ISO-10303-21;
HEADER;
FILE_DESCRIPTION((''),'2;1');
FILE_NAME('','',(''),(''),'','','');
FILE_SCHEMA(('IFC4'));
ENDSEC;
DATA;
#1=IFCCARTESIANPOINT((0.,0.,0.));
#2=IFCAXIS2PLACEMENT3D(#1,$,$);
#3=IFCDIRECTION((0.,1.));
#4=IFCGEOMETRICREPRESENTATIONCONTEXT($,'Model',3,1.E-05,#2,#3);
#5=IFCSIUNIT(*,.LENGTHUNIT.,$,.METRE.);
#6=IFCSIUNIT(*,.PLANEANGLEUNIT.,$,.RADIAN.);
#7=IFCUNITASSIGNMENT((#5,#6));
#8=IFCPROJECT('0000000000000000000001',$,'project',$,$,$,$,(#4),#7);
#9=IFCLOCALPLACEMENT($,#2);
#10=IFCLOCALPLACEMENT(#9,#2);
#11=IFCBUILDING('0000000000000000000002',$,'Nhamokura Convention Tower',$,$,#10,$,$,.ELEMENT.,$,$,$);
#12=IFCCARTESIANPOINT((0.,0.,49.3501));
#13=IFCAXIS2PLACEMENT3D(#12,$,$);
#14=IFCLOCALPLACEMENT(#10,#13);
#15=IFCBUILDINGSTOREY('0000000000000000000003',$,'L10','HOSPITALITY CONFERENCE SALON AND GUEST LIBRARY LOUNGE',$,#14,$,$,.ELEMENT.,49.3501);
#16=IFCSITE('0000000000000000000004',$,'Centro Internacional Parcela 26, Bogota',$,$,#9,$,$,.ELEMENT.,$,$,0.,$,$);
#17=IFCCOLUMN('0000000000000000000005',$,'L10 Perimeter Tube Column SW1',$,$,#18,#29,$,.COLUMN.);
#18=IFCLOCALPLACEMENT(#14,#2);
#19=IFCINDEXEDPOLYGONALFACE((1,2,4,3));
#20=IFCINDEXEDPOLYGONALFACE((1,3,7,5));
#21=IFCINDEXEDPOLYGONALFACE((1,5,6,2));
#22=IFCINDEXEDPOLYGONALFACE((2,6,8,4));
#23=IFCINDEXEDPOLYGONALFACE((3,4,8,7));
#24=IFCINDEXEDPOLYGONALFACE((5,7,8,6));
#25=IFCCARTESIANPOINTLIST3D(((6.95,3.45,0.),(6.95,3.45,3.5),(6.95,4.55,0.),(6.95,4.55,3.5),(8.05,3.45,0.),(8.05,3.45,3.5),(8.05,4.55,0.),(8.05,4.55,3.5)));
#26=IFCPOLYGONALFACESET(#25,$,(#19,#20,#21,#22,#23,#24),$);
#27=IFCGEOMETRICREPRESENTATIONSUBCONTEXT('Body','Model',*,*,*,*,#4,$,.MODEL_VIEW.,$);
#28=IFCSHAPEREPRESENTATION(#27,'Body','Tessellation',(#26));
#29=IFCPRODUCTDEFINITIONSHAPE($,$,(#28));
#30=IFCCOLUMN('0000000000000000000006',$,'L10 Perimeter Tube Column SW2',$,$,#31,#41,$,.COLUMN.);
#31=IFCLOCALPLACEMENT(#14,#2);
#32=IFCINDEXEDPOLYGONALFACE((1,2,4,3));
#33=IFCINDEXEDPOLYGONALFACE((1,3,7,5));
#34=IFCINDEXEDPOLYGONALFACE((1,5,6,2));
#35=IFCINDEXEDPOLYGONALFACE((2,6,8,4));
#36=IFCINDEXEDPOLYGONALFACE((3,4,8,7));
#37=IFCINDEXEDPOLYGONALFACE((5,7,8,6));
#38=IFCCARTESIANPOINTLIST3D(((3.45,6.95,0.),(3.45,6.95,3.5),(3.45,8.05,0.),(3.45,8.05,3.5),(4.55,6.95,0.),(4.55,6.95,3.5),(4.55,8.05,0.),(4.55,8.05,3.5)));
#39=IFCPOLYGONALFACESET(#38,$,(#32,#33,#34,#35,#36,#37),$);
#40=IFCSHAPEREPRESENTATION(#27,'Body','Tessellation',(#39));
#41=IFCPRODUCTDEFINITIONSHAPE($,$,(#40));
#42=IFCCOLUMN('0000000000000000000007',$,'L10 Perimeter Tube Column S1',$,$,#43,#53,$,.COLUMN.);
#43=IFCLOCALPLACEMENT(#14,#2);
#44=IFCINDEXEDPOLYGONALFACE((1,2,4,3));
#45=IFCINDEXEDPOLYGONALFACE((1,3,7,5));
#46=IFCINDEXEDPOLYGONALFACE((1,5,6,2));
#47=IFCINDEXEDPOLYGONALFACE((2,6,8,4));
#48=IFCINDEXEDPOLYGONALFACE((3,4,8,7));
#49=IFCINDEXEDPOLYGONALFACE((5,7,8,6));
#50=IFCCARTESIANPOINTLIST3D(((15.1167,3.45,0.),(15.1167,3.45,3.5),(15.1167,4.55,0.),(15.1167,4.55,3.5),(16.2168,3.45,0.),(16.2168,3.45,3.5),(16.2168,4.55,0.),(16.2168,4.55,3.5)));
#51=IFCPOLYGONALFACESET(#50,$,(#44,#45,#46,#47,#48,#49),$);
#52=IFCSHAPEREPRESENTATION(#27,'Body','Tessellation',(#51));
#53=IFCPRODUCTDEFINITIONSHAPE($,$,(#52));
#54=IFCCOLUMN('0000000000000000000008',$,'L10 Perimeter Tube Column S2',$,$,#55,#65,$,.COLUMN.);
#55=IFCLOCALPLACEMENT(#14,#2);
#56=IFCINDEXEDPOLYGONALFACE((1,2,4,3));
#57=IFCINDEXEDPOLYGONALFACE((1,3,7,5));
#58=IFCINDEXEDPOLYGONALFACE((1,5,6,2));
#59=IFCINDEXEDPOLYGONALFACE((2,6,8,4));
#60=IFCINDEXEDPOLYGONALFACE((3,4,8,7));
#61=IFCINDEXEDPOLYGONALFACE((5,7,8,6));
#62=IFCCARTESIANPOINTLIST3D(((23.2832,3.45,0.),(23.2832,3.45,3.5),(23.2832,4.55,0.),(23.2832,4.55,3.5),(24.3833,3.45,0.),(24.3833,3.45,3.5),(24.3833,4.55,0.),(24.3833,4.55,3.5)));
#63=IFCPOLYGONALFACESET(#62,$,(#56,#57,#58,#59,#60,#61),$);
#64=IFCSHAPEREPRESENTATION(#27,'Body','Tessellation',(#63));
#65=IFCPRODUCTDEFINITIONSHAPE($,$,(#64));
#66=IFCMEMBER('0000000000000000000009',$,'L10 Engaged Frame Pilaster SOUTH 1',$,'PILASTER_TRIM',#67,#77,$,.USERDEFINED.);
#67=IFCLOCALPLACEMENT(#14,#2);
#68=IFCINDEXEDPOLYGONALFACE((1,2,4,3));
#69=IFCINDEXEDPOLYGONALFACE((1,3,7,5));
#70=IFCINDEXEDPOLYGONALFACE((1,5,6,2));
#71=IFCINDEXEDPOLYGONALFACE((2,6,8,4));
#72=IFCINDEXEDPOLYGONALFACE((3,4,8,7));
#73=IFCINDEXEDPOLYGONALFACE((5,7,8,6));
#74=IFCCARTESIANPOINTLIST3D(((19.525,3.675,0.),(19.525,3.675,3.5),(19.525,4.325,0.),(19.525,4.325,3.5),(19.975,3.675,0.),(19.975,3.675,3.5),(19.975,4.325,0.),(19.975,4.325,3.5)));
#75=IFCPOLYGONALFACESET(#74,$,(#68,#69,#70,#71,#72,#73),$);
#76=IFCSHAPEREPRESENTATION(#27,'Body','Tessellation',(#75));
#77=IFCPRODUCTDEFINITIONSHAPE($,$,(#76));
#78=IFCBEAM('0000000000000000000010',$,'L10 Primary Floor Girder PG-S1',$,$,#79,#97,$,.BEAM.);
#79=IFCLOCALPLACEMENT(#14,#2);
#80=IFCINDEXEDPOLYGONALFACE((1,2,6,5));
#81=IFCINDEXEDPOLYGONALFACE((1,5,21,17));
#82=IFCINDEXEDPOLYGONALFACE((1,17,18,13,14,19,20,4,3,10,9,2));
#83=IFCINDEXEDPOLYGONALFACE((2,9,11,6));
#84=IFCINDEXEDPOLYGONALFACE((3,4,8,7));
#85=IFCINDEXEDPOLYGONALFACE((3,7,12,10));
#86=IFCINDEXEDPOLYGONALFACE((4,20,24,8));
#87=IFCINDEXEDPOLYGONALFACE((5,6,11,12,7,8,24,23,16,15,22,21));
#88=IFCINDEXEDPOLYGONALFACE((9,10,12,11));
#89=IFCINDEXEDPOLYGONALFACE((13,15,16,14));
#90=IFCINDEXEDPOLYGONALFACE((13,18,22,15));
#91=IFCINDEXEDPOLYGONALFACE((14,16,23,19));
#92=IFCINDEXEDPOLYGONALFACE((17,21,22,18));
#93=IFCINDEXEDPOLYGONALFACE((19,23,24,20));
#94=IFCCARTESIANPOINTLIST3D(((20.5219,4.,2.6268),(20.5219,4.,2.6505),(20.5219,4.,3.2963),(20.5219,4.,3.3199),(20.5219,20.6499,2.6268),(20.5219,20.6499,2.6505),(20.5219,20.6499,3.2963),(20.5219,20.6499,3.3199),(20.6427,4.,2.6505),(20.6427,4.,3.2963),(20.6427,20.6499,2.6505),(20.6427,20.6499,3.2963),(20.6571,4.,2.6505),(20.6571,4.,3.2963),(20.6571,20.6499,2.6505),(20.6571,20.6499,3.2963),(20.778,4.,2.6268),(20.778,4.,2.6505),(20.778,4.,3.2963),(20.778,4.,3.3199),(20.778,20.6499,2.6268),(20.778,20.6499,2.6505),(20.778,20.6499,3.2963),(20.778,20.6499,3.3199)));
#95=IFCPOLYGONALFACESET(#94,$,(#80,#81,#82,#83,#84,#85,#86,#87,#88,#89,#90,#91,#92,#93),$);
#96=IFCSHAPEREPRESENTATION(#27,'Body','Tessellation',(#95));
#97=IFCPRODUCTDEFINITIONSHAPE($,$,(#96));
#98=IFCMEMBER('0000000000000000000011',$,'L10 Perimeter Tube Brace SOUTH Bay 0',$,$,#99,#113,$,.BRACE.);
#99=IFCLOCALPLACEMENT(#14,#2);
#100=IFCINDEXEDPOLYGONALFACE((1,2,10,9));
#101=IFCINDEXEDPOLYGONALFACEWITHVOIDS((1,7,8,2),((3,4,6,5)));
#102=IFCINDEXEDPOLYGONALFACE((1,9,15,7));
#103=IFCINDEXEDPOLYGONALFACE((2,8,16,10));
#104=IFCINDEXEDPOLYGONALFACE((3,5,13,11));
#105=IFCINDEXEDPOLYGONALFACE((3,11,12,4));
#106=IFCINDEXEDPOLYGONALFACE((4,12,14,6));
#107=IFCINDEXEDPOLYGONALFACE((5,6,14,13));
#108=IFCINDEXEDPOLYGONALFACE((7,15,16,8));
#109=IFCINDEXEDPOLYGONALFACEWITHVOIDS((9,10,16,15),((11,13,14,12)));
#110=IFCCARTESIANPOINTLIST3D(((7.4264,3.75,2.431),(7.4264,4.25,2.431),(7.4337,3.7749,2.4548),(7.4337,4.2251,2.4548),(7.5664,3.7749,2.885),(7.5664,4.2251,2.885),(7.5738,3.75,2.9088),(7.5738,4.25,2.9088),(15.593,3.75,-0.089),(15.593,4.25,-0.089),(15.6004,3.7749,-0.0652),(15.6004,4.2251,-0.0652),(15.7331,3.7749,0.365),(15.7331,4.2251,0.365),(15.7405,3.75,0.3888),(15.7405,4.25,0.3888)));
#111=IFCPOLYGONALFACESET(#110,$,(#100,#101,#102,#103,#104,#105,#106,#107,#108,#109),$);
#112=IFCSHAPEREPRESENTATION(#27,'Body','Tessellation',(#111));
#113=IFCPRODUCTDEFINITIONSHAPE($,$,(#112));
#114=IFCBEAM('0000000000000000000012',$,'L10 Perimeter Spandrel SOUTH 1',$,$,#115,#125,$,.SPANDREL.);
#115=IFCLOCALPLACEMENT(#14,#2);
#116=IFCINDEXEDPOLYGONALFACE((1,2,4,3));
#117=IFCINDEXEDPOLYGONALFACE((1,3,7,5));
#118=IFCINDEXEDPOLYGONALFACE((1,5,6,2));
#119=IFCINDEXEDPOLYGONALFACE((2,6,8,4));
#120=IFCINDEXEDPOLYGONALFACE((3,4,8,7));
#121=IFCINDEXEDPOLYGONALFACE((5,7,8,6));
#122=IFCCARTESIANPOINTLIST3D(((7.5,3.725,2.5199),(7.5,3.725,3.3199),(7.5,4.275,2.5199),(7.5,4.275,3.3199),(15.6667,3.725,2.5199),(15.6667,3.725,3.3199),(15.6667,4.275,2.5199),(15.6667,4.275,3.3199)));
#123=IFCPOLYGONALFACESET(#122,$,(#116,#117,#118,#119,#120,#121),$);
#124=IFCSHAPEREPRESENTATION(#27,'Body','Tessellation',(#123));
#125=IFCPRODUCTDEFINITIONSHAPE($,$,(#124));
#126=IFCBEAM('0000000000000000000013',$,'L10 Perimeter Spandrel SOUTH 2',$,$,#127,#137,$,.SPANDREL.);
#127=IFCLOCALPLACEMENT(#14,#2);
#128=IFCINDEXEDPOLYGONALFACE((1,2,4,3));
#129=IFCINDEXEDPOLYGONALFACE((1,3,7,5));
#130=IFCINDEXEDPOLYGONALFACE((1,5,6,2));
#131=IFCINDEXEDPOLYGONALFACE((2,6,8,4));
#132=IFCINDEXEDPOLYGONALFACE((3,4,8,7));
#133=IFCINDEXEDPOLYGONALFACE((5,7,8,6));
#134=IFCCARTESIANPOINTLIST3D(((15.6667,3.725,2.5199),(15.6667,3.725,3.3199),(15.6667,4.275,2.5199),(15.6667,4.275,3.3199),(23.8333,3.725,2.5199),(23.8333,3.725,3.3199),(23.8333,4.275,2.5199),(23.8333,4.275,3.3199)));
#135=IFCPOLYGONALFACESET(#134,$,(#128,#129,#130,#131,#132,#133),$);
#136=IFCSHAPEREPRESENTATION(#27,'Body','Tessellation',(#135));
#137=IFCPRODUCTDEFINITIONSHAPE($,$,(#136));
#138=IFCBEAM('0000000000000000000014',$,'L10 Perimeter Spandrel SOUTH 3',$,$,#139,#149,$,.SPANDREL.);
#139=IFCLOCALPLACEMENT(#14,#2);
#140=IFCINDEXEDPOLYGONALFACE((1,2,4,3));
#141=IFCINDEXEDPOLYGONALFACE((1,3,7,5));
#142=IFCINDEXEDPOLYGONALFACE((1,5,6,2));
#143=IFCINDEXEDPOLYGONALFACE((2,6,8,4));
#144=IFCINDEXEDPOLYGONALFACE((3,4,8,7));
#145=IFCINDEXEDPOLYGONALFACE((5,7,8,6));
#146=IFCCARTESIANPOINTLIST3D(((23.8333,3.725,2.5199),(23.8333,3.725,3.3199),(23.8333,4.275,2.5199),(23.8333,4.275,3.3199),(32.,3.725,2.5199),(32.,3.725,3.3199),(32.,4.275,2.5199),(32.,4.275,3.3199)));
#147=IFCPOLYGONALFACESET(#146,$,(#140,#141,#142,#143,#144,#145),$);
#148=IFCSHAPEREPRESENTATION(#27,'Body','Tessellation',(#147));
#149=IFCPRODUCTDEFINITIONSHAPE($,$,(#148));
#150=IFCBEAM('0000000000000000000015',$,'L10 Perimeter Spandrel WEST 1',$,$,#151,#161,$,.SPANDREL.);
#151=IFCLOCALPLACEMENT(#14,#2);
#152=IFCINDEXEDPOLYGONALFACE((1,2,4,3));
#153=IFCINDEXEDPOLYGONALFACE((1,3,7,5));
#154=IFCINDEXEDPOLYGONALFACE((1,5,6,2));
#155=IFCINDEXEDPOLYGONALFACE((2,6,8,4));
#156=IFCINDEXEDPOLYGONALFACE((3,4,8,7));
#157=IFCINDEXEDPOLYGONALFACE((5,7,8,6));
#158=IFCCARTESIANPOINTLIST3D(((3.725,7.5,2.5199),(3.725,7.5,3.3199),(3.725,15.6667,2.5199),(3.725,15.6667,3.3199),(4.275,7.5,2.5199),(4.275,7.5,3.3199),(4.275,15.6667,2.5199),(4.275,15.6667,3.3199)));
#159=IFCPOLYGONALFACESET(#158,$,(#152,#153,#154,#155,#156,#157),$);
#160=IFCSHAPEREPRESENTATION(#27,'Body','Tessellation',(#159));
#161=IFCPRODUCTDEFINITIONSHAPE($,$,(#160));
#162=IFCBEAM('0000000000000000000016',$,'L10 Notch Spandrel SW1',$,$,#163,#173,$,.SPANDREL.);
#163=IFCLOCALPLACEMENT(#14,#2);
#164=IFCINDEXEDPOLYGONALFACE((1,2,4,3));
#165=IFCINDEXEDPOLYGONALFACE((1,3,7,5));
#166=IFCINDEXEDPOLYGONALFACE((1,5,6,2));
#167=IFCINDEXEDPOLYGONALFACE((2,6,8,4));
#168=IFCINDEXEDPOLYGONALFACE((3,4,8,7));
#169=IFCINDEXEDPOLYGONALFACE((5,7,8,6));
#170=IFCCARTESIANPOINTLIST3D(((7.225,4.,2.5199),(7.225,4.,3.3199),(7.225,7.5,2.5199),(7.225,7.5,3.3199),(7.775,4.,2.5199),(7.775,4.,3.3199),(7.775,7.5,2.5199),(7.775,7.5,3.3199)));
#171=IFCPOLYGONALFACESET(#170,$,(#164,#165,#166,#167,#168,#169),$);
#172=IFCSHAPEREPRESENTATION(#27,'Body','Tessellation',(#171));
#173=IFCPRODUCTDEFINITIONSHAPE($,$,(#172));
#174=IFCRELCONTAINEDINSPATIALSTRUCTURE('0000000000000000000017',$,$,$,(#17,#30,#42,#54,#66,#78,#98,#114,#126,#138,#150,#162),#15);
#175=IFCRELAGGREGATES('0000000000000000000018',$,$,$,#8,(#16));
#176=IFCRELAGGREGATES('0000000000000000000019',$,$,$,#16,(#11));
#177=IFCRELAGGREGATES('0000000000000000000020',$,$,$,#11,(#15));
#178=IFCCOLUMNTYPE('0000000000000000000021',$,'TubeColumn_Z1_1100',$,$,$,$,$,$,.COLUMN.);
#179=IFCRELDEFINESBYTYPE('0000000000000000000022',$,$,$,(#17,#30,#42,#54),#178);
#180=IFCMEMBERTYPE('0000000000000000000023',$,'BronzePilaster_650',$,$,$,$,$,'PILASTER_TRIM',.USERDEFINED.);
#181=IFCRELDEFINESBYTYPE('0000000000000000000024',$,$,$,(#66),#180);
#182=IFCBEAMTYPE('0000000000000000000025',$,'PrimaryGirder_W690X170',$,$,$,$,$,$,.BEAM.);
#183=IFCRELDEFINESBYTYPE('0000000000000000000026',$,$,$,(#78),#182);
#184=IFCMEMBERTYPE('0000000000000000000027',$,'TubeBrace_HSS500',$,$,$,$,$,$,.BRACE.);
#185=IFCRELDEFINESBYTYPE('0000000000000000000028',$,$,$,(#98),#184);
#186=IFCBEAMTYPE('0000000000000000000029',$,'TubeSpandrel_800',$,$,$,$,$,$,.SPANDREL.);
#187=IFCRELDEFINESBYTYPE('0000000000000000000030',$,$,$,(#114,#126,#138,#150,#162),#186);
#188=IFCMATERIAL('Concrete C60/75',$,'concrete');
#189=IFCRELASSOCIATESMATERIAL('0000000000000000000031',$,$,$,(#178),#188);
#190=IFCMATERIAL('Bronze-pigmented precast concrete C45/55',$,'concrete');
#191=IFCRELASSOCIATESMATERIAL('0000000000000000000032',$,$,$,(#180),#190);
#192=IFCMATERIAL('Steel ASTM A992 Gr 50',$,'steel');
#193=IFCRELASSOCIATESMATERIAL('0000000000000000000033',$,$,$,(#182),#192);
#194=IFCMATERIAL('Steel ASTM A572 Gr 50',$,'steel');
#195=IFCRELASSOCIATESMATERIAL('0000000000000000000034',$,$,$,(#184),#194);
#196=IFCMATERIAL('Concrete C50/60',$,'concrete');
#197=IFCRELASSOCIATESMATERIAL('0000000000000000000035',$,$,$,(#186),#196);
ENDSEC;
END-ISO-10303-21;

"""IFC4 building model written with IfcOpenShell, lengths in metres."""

from ifc_helpers import new_model, si_unit, direction, frame, origin, origin_2d, place, context, subcontext, project, spatial, rectangle, hollow_rectangle, i_section, extrude, material, material_profile, profile_set, type_object, element, save


model = new_model("IFC4")

# Units and contexts
model_context = context("Model", 3, precision=1e-05, world=origin(), true_north=direction((0.0, 1.0)))
body_context = subcontext(model_context, "Body", "Model", "MODEL_VIEW")
ifc_project = project(units=[si_unit("LENGTHUNIT", "METRE"), si_unit("PLANEANGLEUNIT", "RADIAN")], contexts=[model_context])

# Site, building, storey
site_placement = place(None, origin())
site = spatial("IfcSite", under=ifc_project, at=site_placement, Name="Centro Internacional Parcela 26, Bogota", CompositionType="ELEMENT", RefElevation=0.0)
building_placement = place(site_placement, origin())
building = spatial("IfcBuilding", under=site, at=building_placement, Name="Nhamokura Convention Tower", CompositionType="ELEMENT")
storey_placement = place(building_placement, frame((0.0, 0.0, 49.3501)))
storey = spatial("IfcBuildingStorey", under=building, at=storey_placement, Name="L10", Description="HOSPITALITY CONFERENCE SALON AND GUEST LIBRARY LOUNGE", CompositionType="ELEMENT", Elevation=49.3501)

# Columns
ifc_material_1 = material(Name="Concrete C60/75", Category="concrete")
ifc_material_profile_1 = material_profile(ifc_material_1, rectangle(XDim=1.1001, YDim=1.1001, at=origin_2d()))
ifc_profile_set_1 = profile_set([ifc_material_profile_1], Name="Concrete C60/75")
column_type = type_object("IfcColumnType", Name="TubeColumn_Z1_1100", PredefinedType="COLUMN", material=ifc_profile_set_1)
for number, where, z_axis, x_axis, name in (
    (1, (7.5, 4.0, 0.0), (0.0, 0.0, 1.0), (1.0, 0.0, 0.0), "L10 Perimeter Tube Column SW1"),
    (2, (4.0, 7.5, 0.0), (0.0, 0.0, 1.0), (1.0, 0.0, 0.0), "L10 Perimeter Tube Column SW2"),
    (3, (15.6667, 4.0, 0.0), (0.0, 0.0, 1.0), (1.0, 0.0, 0.0), "L10 Perimeter Tube Column S1"),
    (4, (23.8333, 4.0, 0.0), (0.0, 0.0, 1.0), (1.0, 0.0, 0.0), "L10 Perimeter Tube Column S2"),
):
    element("IfcColumn", number, at=place(storey_placement, frame(where, z_axis=z_axis, x_axis=x_axis)), inside=storey, type_object=column_type, Name=name, PredefinedType="COLUMN", context=body_context, shape_type="SweptSolid", body=[
        extrude(rectangle(XDim=1.1001, YDim=1.1001, at=origin_2d()), origin(), (0.0, 0.0, 1.0), 3.5),
    ])

# Member
ifc_material_2 = material(Name="Bronze-pigmented precast concrete C45/55", Category="concrete")
ifc_material_profile_2 = material_profile(ifc_material_2, rectangle(XDim=0.45, YDim=0.6499, at=origin_2d()))
ifc_profile_set_2 = profile_set([ifc_material_profile_2], Name="Bronze-pigmented precast concrete C45/55")
member_type_1 = type_object("IfcMemberType", Name="BronzePilaster_650", ElementType="PILASTER_TRIM", PredefinedType="USERDEFINED", material=ifc_profile_set_2)
member_1_placement = place(storey_placement, frame((19.75, 4.0, 0.0), z_axis=(0.0, 0.0, 1.0), x_axis=(1.0, 0.0, 0.0)))
element("IfcMember", 5, at=member_1_placement, inside=storey, type_object=member_type_1, Name="L10 Engaged Frame Pilaster SOUTH 1", ObjectType="PILASTER_TRIM", PredefinedType="USERDEFINED", context=body_context, shape_type="SweptSolid", body=[
    extrude(rectangle(XDim=0.45, YDim=0.6499, at=origin_2d()), origin(), (0.0, 0.0, 1.0), 3.5),
])

# Beam
ifc_material_3 = material(Name="Steel ASTM A992 Gr 50", Category="steel")
ifc_material_profile_3 = material_profile(ifc_material_3, i_section(OverallWidth=0.2561, OverallDepth=0.6931, WebThickness=0.0144, FlangeThickness=0.0237, at=origin_2d()))
ifc_profile_set_3 = profile_set([ifc_material_profile_3], Name="Steel ASTM A992 Gr 50")
beam_type_1 = type_object("IfcBeamType", Name="PrimaryGirder_W690X170", PredefinedType="BEAM", material=ifc_profile_set_3)
beam_1_placement = place(storey_placement, frame((20.6499, 4.0, 2.9734), z_axis=(0.0, 1.0, 0.0), x_axis=(-1.0, 0.0, 0.0)))
element("IfcBeam", 6, at=beam_1_placement, inside=storey, type_object=beam_type_1, Name="L10 Primary Floor Girder PG-S1", PredefinedType="BEAM", context=body_context, shape_type="SweptSolid", body=[
    extrude(i_section(OverallWidth=0.2561, OverallDepth=0.6931, WebThickness=0.0144, FlangeThickness=0.0237, at=origin_2d()), origin(), (0.0, 0.0, 1.0), 16.6499),
])

# Member
ifc_material_4 = material(Name="Steel ASTM A572 Gr 50", Category="steel")
ifc_material_profile_4 = material_profile(ifc_material_4, hollow_rectangle(XDim=0.5, YDim=0.5, WallThickness=0.0249, at=origin_2d()))
ifc_profile_set_4 = profile_set([ifc_material_profile_4], Name="Steel ASTM A572 Gr 50")
member_type_2 = type_object("IfcMemberType", Name="TubeBrace_HSS500", PredefinedType="BRACE", material=ifc_profile_set_4)
member_2_placement = place(storey_placement, frame((15.6667, 4.0, 0.1499), z_axis=(-0.955543, 0.0, 0.294853), x_axis=(0.0, -1.0, 0.0)))
element("IfcMember", 7, at=member_2_placement, inside=storey, type_object=member_type_2, Name="L10 Perimeter Tube Brace SOUTH Bay 0", PredefinedType="BRACE", context=body_context, shape_type="SweptSolid", body=[
    extrude(hollow_rectangle(XDim=0.5, YDim=0.5, WallThickness=0.0249, at=origin_2d()), origin(), (0.0, 0.0, 1.0), 8.5466),
])

# Beams
ifc_material_5 = material(Name="Concrete C50/60", Category="concrete")
ifc_material_profile_5 = material_profile(ifc_material_5, rectangle(XDim=0.55, YDim=0.8, at=origin_2d()))
ifc_profile_set_5 = profile_set([ifc_material_profile_5], Name="Concrete C50/60")
beam_type_2 = type_object("IfcBeamType", Name="TubeSpandrel_800", PredefinedType="SPANDREL", material=ifc_profile_set_5)
beam_2_placement = place(storey_placement, frame((7.5, 4.0, 2.9199), z_axis=(1.0, 0.0, 0.0), x_axis=(0.0, 1.0, 0.0)))
element("IfcBeam", 8, at=beam_2_placement, inside=storey, type_object=beam_type_2, Name="L10 Perimeter Spandrel SOUTH 1", PredefinedType="SPANDREL", context=body_context, shape_type="SweptSolid", body=[
    extrude(rectangle(XDim=0.55, YDim=0.8, at=origin_2d()), origin(), (0.0, 0.0, 1.0), 8.1667),
])
beam_3_placement = place(storey_placement, frame((15.6667, 4.0, 2.9199), z_axis=(1.0, 0.0, 0.0), x_axis=(0.0, 1.0, 0.0)))
element("IfcBeam", 9, at=beam_3_placement, inside=storey, type_object=beam_type_2, Name="L10 Perimeter Spandrel SOUTH 2", PredefinedType="SPANDREL", context=body_context, shape_type="SweptSolid", body=[
    extrude(rectangle(XDim=0.55, YDim=0.8, at=origin_2d()), origin(), (0.0, 0.0, 1.0), 8.1665),
])
for number, where, z_axis, x_axis, name in (
    (10, (23.8333, 4.0, 2.9199), (1.0, 0.0, 0.0), (0.0, 1.0, 0.0), "L10 Perimeter Spandrel SOUTH 3"),
    (11, (4.0, 7.5, 2.9199), (0.0, 1.0, 0.0), (-1.0, 0.0, 0.0), "L10 Perimeter Spandrel WEST 1"),
):
    element("IfcBeam", number, at=place(storey_placement, frame(where, z_axis=z_axis, x_axis=x_axis)), inside=storey, type_object=beam_type_2, Name=name, PredefinedType="SPANDREL", context=body_context, shape_type="SweptSolid", body=[
        extrude(rectangle(XDim=0.55, YDim=0.8, at=origin_2d()), origin(), (0.0, 0.0, 1.0), 8.1667),
    ])
beam_4_placement = place(storey_placement, frame((7.5, 4.0, 2.9199), z_axis=(0.0, 1.0, 0.0), x_axis=(-1.0, 0.0, 0.0)))
element("IfcBeam", 12, at=beam_4_placement, inside=storey, type_object=beam_type_2, Name="L10 Notch Spandrel SW1", PredefinedType="SPANDREL", context=body_context, shape_type="SweptSolid", body=[
    extrude(rectangle(XDim=0.55, YDim=0.8, at=origin_2d()), origin(), (0.0, 0.0, 1.0), 3.5),
])

save(model, "model.ifc")
